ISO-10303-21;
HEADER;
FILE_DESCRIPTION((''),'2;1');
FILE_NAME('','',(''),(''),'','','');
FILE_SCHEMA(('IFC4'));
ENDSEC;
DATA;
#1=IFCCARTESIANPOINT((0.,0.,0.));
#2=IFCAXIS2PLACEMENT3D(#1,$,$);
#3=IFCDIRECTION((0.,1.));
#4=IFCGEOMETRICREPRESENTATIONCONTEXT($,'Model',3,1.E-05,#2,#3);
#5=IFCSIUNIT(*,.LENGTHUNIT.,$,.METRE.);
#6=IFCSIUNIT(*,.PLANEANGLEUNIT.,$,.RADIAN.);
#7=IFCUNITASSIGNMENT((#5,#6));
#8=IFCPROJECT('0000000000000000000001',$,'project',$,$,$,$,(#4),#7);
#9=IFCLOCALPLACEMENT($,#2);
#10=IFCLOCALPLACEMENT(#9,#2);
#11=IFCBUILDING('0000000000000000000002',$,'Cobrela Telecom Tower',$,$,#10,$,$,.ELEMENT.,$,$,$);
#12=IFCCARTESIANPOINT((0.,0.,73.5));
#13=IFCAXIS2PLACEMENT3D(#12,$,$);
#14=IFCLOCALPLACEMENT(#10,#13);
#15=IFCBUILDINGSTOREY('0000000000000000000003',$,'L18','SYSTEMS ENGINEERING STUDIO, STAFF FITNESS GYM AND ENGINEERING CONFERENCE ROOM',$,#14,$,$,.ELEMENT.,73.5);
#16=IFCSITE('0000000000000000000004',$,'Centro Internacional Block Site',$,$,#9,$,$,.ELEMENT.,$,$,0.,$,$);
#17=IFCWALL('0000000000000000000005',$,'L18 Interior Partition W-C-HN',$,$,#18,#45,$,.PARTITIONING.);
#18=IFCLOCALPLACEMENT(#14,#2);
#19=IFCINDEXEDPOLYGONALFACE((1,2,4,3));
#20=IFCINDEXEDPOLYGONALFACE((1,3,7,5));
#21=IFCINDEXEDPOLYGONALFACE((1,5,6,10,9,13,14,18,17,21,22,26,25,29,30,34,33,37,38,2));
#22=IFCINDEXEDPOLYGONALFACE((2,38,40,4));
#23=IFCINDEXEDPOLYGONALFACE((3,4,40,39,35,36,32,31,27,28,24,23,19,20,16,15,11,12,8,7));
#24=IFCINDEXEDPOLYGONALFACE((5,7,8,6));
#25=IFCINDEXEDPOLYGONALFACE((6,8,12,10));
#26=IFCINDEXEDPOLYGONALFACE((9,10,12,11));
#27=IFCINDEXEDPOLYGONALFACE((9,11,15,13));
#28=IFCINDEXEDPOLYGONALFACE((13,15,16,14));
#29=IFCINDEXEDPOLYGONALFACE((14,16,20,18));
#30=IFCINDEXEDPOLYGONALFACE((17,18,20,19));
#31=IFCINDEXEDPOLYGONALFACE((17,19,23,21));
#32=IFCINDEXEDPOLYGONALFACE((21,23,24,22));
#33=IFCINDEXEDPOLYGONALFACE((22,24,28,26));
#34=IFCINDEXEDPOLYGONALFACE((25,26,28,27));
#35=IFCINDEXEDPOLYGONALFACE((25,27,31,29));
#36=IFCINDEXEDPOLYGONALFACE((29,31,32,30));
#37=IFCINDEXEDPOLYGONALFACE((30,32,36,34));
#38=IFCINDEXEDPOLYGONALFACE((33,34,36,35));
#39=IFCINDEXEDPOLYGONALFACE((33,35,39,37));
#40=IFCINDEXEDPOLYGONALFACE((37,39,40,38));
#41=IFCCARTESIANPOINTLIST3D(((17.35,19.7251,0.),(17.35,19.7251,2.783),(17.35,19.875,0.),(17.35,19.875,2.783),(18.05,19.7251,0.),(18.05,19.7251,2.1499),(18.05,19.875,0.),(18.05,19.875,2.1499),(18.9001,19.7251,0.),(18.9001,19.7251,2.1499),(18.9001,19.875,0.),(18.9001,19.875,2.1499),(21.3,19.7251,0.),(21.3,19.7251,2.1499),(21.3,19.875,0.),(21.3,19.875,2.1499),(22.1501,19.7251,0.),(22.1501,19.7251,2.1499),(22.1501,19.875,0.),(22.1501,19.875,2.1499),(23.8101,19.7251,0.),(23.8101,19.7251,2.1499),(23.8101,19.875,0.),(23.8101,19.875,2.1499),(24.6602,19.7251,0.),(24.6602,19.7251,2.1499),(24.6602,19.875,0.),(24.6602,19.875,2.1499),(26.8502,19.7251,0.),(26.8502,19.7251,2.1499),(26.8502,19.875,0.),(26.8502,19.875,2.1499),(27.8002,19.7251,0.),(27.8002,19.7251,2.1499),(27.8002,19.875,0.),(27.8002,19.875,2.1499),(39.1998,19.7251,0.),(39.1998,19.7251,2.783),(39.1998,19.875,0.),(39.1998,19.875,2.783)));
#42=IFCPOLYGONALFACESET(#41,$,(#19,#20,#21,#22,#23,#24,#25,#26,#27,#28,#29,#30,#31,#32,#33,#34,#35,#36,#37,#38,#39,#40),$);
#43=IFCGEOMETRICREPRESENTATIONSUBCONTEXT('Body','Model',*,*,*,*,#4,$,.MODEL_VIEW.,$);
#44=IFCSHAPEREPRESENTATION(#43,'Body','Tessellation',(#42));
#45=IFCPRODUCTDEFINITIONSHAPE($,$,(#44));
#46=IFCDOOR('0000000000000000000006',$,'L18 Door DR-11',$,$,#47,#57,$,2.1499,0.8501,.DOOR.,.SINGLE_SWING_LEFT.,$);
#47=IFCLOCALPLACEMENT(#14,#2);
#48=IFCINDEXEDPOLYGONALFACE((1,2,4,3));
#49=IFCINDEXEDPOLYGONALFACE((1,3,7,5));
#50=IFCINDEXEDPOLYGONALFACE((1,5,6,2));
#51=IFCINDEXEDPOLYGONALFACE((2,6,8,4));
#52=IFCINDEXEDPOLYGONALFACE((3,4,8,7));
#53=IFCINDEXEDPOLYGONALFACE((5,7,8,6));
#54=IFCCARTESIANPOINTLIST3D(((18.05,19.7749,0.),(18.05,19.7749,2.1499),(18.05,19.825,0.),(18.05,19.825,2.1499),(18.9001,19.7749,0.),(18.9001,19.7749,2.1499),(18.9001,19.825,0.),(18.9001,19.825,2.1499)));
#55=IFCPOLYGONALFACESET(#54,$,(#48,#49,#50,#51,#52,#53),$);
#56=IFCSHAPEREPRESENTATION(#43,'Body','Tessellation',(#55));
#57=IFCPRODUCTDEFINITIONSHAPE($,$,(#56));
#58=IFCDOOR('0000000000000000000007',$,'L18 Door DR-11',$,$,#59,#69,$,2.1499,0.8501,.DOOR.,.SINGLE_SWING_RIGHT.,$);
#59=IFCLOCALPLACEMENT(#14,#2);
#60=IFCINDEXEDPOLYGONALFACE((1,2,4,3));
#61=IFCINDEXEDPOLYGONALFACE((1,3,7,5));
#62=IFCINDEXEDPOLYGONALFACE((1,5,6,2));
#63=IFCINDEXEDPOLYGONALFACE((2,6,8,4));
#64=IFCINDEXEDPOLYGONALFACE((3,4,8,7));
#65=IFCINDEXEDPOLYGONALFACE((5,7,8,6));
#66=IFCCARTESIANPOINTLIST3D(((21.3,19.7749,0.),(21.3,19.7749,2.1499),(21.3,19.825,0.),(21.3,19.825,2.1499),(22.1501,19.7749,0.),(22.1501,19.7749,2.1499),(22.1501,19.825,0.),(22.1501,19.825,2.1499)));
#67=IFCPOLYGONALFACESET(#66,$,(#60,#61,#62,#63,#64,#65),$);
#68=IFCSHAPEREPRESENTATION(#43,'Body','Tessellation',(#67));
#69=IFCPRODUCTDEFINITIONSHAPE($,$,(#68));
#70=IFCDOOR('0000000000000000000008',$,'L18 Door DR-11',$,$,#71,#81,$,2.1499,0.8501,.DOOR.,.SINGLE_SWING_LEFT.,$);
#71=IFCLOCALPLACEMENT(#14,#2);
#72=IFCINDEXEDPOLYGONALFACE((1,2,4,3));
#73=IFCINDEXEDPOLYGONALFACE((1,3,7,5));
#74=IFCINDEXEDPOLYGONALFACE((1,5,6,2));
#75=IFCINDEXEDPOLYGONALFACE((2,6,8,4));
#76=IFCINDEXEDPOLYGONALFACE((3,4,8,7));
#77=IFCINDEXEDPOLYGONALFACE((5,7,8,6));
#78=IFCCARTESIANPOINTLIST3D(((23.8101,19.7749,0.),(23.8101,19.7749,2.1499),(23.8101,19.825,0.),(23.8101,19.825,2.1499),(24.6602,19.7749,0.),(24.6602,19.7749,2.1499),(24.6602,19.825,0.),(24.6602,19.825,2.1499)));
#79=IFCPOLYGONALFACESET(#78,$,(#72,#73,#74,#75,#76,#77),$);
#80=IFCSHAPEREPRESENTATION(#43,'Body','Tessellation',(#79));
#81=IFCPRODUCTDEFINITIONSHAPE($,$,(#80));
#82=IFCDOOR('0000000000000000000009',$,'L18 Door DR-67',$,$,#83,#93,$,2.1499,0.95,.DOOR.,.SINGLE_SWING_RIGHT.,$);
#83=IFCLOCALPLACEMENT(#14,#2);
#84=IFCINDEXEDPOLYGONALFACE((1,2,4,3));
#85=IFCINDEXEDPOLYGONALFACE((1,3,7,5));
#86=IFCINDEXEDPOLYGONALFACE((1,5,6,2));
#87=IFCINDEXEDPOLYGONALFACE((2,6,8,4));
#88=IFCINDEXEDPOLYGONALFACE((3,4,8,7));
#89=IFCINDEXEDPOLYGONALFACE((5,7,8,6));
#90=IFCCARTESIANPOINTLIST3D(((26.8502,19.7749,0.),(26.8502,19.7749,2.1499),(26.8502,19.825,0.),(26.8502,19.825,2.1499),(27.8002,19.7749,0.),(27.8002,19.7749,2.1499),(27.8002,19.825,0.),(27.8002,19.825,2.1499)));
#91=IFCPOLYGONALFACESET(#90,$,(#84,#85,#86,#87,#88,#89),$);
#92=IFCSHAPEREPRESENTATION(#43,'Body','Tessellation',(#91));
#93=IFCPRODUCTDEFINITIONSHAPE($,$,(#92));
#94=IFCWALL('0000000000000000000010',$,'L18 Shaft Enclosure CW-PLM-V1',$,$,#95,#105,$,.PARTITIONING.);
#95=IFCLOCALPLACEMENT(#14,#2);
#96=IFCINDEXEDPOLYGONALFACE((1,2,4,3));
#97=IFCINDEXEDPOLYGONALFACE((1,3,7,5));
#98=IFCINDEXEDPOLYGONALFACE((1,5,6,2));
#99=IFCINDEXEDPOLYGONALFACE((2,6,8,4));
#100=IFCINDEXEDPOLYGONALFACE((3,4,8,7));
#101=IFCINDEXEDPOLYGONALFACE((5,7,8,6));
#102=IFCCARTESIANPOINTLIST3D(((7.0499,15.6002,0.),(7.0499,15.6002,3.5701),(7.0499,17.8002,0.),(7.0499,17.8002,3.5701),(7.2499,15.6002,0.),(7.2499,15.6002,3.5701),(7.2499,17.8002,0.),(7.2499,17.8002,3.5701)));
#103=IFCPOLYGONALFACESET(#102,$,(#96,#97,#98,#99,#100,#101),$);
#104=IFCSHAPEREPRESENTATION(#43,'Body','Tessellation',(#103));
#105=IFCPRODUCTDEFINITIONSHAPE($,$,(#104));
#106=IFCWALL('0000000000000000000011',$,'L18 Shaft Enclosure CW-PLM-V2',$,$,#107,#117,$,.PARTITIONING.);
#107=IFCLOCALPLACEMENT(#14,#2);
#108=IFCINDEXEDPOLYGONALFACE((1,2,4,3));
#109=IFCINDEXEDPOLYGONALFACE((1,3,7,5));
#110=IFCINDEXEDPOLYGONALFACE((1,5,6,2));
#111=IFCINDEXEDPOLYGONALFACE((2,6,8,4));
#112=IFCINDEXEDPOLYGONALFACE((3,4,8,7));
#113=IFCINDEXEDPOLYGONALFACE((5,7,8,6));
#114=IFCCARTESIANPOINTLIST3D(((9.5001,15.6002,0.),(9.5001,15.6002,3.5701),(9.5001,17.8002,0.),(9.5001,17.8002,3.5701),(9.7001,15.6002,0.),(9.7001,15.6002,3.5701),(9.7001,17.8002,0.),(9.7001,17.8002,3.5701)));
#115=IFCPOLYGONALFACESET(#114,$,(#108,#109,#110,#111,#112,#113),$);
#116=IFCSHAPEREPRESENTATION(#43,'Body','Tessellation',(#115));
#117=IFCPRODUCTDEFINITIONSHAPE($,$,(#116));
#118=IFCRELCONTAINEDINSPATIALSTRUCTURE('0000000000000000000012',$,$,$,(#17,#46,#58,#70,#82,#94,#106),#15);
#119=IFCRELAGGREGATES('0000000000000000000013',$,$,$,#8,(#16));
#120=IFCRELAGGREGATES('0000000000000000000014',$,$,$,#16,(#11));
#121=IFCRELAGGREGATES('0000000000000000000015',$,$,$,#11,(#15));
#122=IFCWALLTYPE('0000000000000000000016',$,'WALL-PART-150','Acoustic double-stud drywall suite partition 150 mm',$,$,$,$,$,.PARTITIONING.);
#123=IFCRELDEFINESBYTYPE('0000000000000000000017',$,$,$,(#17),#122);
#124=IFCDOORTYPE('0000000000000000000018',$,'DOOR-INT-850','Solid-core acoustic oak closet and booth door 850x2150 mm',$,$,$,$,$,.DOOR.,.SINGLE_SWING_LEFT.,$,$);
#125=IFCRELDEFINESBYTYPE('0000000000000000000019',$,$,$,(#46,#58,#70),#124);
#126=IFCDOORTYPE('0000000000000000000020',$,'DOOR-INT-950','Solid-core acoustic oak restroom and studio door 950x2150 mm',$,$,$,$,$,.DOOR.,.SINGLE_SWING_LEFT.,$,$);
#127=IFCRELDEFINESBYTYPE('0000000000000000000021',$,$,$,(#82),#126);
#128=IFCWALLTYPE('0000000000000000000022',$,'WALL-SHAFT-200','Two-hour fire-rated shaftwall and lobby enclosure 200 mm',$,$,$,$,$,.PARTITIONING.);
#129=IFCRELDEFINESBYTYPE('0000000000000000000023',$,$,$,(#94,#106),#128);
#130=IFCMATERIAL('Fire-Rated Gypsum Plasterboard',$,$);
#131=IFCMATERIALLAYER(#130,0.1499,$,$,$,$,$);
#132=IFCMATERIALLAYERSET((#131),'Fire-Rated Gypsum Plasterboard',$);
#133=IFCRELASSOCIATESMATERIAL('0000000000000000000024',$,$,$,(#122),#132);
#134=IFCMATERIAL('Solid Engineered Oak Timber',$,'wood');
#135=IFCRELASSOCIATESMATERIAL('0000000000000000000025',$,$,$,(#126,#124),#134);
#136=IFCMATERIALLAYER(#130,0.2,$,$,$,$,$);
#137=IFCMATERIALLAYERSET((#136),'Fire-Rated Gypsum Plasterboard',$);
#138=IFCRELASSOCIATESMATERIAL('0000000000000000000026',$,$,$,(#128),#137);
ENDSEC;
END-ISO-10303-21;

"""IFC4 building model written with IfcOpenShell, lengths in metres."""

from ifc_helpers import new_model, si_unit, direction, frame, frame_2d, origin, place, context, subcontext, project, spatial, rectangle, extrude, material, layer, layer_set, type_object, element, fill, save


model = new_model("IFC4")

# Units and contexts
model_context = context("Model", 3, precision=1e-05, world=origin(), true_north=direction((0.0, 1.0)))
body_context = subcontext(model_context, "Body", "Model", "MODEL_VIEW")
ifc_project = project(units=[si_unit("LENGTHUNIT", "METRE"), si_unit("PLANEANGLEUNIT", "RADIAN")], contexts=[model_context])

# Site, building, storey
site_placement = place(None, origin())
site = spatial("IfcSite", under=ifc_project, at=site_placement, Name="Centro Internacional Block Site", CompositionType="ELEMENT", RefElevation=0.0)
building_placement = place(site_placement, origin())
building = spatial("IfcBuilding", under=site, at=building_placement, Name="Cobrela Telecom Tower", CompositionType="ELEMENT")
storey_placement = place(building_placement, frame((0.0, 0.0, 73.5)))
storey = spatial("IfcBuildingStorey", under=building, at=storey_placement, Name="L18", Description="SYSTEMS ENGINEERING STUDIO, STAFF FITNESS GYM AND ENGINEERING CONFERENCE ROOM", CompositionType="ELEMENT", Elevation=73.5)

# Wall, openings, doors
ifc_material_1 = material(Name="Fire-Rated Gypsum Plasterboard")
ifc_layer_1 = layer(ifc_material_1, 0.1499)
ifc_layer_set_1 = layer_set([ifc_layer_1], Name="Fire-Rated Gypsum Plasterboard")
wall_type_1 = type_object("IfcWallType", Name="WALL-PART-150", Description="Acoustic double-stud drywall suite partition 150 mm", PredefinedType="PARTITIONING", material=ifc_layer_set_1)
ifc_material_2 = material(Name="Solid Engineered Oak Timber", Category="wood")
door_type_1 = type_object("IfcDoorType", Name="DOOR-INT-950", Description="Solid-core acoustic oak restroom and studio door 950x2150 mm", OperationType="SINGLE_SWING_LEFT", PredefinedType="DOOR", material=ifc_material_2)
wall_1_placement = place(storey_placement, frame((17.3501, 19.8, 0.0), z_axis=(0.0, 0.0, 1.0), x_axis=(1.0, 0.0, 0.0)))
wall_1 = element("IfcWall", 1, at=wall_1_placement, inside=storey, type_object=wall_type_1, Name="L18 Interior Partition W-C-HN", PredefinedType="PARTITIONING", context=body_context, shape_type="SweptSolid", body=[
    extrude(rectangle(XDim=21.8499, YDim=0.1499, at=frame_2d((10.9248, 0.0))), origin(), (0.0, 0.0, 1.0), 2.783),
])
opening_1_placement = place(wall_1_placement, frame((0.7, 0.0, 0.0)))
opening_1 = element("IfcOpeningElement", 2, at=opening_1_placement, cuts=wall_1, PredefinedType="OPENING", context=body_context, shape_type="SweptSolid", body=[
    extrude(rectangle(XDim=0.8501, YDim=2.1499, at=frame_2d((0.425, 1.075))), frame((0.0, 0.0869, 0.0), z_axis=(0.0, -1.0, 0.0), x_axis=(1.0, 0.0, 0.0)), (0.0, 0.0, 1.0), 0.1738),
])
opening_2_placement = place(wall_1_placement, frame((3.95, 0.0, 0.0)))
opening_2 = element("IfcOpeningElement", 3, at=opening_2_placement, cuts=wall_1, PredefinedType="OPENING", context=body_context, shape_type="SweptSolid", body=[
    extrude(rectangle(XDim=0.8501, YDim=2.1499, at=frame_2d((0.425, 1.075))), frame((0.0, 0.0869, 0.0), z_axis=(0.0, -1.0, 0.0), x_axis=(1.0, 0.0, 0.0)), (0.0, 0.0, 1.0), 0.1738),
])
opening_3_placement = place(wall_1_placement, frame((6.46, 0.0, 0.0)))
opening_3 = element("IfcOpeningElement", 4, at=opening_3_placement, cuts=wall_1, PredefinedType="OPENING", context=body_context, shape_type="SweptSolid", body=[
    extrude(rectangle(XDim=0.8501, YDim=2.1499, at=frame_2d((0.425, 1.075))), frame((0.0, 0.0869, 0.0), z_axis=(0.0, -1.0, 0.0), x_axis=(1.0, 0.0, 0.0)), (0.0, 0.0, 1.0), 0.1738),
])
opening_4_placement = place(wall_1_placement, frame((9.5, 0.0, 0.0)))
opening_4 = element("IfcOpeningElement", 5, at=opening_4_placement, cuts=wall_1, PredefinedType="OPENING", context=body_context, shape_type="SweptSolid", body=[
    extrude(rectangle(XDim=0.95, YDim=2.1499, at=frame_2d((0.4751, 1.075))), frame((0.0, 0.0869, 0.0), z_axis=(0.0, -1.0, 0.0), x_axis=(1.0, 0.0, 0.0)), (0.0, 0.0, 1.0), 0.1738),
])
door_type_2 = type_object("IfcDoorType", Name="DOOR-INT-850", Description="Solid-core acoustic oak closet and booth door 850x2150 mm", OperationType="SINGLE_SWING_LEFT", PredefinedType="DOOR", material=ifc_material_2)
door_1_placement = place(opening_1_placement, origin())
door_1 = element("IfcDoor", 6, at=door_1_placement, inside=storey, type_object=door_type_2, Name="L18 Door DR-11", OperationType="SINGLE_SWING_LEFT", OverallHeight=2.1499, OverallWidth=0.8501, PredefinedType="DOOR", context=body_context, shape_type="SweptSolid", body=[
    extrude(rectangle(XDim=0.8501, YDim=2.1499, at=frame_2d((0.425, 1.075))), frame((0.0, 0.0249, 0.0), z_axis=(0.0, -1.0, 0.0), x_axis=(1.0, 0.0, 0.0)), (0.0, 0.0, 1.0), 0.05),
])
fill(opening_1, door_1)
door_2_placement = place(opening_2_placement, origin())
door_2 = element("IfcDoor", 7, at=door_2_placement, inside=storey, type_object=door_type_2, Name="L18 Door DR-11", OperationType="SINGLE_SWING_RIGHT", OverallHeight=2.1499, OverallWidth=0.8501, PredefinedType="DOOR", context=body_context, shape_type="SweptSolid", body=[
    extrude(rectangle(XDim=0.8501, YDim=2.1499, at=frame_2d((0.425, 1.075))), frame((0.0, 0.0249, 0.0), z_axis=(0.0, -1.0, 0.0), x_axis=(1.0, 0.0, 0.0)), (0.0, 0.0, 1.0), 0.05),
])
fill(opening_2, door_2)
door_3_placement = place(opening_3_placement, origin())
door_3 = element("IfcDoor", 8, at=door_3_placement, inside=storey, type_object=door_type_2, Name="L18 Door DR-11", OperationType="SINGLE_SWING_LEFT", OverallHeight=2.1499, OverallWidth=0.8501, PredefinedType="DOOR", context=body_context, shape_type="SweptSolid", body=[
    extrude(rectangle(XDim=0.8501, YDim=2.1499, at=frame_2d((0.425, 1.075))), frame((0.0, 0.0249, 0.0), z_axis=(0.0, -1.0, 0.0), x_axis=(1.0, 0.0, 0.0)), (0.0, 0.0, 1.0), 0.05),
])
fill(opening_3, door_3)
door_4_placement = place(opening_4_placement, origin())
door_4 = element("IfcDoor", 9, at=door_4_placement, inside=storey, type_object=door_type_1, Name="L18 Door DR-67", OperationType="SINGLE_SWING_RIGHT", OverallHeight=2.1499, OverallWidth=0.95, PredefinedType="DOOR", context=body_context, shape_type="SweptSolid", body=[
    extrude(rectangle(XDim=0.95, YDim=2.1499, at=frame_2d((0.4751, 1.075))), frame((0.0, 0.0249, 0.0), z_axis=(0.0, -1.0, 0.0), x_axis=(1.0, 0.0, 0.0)), (0.0, 0.0, 1.0), 0.05),
])
fill(opening_4, door_4)

# Walls
ifc_layer_2 = layer(ifc_material_1, 0.2)
ifc_layer_set_2 = layer_set([ifc_layer_2], Name="Fire-Rated Gypsum Plasterboard")
wall_type_2 = type_object("IfcWallType", Name="WALL-SHAFT-200", Description="Two-hour fire-rated shaftwall and lobby enclosure 200 mm", PredefinedType="PARTITIONING", material=ifc_layer_set_2)
for number, where, z_axis, x_axis, name in (
    (10, (7.1499, 15.6001, 0.0), (0.0, 0.0, 1.0), (0.0, 1.0, 0.0), "L18 Shaft Enclosure CW-PLM-V1"),
    (11, (9.6001, 15.6001, 0.0), (0.0, 0.0, 1.0), (0.0, 1.0, 0.0), "L18 Shaft Enclosure CW-PLM-V2"),
):
    element("IfcWall", number, at=place(storey_placement, frame(where, z_axis=z_axis, x_axis=x_axis)), inside=storey, type_object=wall_type_2, Name=name, PredefinedType="PARTITIONING", context=body_context, shape_type="SweptSolid", body=[
        extrude(rectangle(XDim=2.2, YDim=0.2, at=frame_2d((1.1001, 0.0))), origin(), (0.0, 0.0, 1.0), 3.5701),
    ])

save(model, "model.ifc")
